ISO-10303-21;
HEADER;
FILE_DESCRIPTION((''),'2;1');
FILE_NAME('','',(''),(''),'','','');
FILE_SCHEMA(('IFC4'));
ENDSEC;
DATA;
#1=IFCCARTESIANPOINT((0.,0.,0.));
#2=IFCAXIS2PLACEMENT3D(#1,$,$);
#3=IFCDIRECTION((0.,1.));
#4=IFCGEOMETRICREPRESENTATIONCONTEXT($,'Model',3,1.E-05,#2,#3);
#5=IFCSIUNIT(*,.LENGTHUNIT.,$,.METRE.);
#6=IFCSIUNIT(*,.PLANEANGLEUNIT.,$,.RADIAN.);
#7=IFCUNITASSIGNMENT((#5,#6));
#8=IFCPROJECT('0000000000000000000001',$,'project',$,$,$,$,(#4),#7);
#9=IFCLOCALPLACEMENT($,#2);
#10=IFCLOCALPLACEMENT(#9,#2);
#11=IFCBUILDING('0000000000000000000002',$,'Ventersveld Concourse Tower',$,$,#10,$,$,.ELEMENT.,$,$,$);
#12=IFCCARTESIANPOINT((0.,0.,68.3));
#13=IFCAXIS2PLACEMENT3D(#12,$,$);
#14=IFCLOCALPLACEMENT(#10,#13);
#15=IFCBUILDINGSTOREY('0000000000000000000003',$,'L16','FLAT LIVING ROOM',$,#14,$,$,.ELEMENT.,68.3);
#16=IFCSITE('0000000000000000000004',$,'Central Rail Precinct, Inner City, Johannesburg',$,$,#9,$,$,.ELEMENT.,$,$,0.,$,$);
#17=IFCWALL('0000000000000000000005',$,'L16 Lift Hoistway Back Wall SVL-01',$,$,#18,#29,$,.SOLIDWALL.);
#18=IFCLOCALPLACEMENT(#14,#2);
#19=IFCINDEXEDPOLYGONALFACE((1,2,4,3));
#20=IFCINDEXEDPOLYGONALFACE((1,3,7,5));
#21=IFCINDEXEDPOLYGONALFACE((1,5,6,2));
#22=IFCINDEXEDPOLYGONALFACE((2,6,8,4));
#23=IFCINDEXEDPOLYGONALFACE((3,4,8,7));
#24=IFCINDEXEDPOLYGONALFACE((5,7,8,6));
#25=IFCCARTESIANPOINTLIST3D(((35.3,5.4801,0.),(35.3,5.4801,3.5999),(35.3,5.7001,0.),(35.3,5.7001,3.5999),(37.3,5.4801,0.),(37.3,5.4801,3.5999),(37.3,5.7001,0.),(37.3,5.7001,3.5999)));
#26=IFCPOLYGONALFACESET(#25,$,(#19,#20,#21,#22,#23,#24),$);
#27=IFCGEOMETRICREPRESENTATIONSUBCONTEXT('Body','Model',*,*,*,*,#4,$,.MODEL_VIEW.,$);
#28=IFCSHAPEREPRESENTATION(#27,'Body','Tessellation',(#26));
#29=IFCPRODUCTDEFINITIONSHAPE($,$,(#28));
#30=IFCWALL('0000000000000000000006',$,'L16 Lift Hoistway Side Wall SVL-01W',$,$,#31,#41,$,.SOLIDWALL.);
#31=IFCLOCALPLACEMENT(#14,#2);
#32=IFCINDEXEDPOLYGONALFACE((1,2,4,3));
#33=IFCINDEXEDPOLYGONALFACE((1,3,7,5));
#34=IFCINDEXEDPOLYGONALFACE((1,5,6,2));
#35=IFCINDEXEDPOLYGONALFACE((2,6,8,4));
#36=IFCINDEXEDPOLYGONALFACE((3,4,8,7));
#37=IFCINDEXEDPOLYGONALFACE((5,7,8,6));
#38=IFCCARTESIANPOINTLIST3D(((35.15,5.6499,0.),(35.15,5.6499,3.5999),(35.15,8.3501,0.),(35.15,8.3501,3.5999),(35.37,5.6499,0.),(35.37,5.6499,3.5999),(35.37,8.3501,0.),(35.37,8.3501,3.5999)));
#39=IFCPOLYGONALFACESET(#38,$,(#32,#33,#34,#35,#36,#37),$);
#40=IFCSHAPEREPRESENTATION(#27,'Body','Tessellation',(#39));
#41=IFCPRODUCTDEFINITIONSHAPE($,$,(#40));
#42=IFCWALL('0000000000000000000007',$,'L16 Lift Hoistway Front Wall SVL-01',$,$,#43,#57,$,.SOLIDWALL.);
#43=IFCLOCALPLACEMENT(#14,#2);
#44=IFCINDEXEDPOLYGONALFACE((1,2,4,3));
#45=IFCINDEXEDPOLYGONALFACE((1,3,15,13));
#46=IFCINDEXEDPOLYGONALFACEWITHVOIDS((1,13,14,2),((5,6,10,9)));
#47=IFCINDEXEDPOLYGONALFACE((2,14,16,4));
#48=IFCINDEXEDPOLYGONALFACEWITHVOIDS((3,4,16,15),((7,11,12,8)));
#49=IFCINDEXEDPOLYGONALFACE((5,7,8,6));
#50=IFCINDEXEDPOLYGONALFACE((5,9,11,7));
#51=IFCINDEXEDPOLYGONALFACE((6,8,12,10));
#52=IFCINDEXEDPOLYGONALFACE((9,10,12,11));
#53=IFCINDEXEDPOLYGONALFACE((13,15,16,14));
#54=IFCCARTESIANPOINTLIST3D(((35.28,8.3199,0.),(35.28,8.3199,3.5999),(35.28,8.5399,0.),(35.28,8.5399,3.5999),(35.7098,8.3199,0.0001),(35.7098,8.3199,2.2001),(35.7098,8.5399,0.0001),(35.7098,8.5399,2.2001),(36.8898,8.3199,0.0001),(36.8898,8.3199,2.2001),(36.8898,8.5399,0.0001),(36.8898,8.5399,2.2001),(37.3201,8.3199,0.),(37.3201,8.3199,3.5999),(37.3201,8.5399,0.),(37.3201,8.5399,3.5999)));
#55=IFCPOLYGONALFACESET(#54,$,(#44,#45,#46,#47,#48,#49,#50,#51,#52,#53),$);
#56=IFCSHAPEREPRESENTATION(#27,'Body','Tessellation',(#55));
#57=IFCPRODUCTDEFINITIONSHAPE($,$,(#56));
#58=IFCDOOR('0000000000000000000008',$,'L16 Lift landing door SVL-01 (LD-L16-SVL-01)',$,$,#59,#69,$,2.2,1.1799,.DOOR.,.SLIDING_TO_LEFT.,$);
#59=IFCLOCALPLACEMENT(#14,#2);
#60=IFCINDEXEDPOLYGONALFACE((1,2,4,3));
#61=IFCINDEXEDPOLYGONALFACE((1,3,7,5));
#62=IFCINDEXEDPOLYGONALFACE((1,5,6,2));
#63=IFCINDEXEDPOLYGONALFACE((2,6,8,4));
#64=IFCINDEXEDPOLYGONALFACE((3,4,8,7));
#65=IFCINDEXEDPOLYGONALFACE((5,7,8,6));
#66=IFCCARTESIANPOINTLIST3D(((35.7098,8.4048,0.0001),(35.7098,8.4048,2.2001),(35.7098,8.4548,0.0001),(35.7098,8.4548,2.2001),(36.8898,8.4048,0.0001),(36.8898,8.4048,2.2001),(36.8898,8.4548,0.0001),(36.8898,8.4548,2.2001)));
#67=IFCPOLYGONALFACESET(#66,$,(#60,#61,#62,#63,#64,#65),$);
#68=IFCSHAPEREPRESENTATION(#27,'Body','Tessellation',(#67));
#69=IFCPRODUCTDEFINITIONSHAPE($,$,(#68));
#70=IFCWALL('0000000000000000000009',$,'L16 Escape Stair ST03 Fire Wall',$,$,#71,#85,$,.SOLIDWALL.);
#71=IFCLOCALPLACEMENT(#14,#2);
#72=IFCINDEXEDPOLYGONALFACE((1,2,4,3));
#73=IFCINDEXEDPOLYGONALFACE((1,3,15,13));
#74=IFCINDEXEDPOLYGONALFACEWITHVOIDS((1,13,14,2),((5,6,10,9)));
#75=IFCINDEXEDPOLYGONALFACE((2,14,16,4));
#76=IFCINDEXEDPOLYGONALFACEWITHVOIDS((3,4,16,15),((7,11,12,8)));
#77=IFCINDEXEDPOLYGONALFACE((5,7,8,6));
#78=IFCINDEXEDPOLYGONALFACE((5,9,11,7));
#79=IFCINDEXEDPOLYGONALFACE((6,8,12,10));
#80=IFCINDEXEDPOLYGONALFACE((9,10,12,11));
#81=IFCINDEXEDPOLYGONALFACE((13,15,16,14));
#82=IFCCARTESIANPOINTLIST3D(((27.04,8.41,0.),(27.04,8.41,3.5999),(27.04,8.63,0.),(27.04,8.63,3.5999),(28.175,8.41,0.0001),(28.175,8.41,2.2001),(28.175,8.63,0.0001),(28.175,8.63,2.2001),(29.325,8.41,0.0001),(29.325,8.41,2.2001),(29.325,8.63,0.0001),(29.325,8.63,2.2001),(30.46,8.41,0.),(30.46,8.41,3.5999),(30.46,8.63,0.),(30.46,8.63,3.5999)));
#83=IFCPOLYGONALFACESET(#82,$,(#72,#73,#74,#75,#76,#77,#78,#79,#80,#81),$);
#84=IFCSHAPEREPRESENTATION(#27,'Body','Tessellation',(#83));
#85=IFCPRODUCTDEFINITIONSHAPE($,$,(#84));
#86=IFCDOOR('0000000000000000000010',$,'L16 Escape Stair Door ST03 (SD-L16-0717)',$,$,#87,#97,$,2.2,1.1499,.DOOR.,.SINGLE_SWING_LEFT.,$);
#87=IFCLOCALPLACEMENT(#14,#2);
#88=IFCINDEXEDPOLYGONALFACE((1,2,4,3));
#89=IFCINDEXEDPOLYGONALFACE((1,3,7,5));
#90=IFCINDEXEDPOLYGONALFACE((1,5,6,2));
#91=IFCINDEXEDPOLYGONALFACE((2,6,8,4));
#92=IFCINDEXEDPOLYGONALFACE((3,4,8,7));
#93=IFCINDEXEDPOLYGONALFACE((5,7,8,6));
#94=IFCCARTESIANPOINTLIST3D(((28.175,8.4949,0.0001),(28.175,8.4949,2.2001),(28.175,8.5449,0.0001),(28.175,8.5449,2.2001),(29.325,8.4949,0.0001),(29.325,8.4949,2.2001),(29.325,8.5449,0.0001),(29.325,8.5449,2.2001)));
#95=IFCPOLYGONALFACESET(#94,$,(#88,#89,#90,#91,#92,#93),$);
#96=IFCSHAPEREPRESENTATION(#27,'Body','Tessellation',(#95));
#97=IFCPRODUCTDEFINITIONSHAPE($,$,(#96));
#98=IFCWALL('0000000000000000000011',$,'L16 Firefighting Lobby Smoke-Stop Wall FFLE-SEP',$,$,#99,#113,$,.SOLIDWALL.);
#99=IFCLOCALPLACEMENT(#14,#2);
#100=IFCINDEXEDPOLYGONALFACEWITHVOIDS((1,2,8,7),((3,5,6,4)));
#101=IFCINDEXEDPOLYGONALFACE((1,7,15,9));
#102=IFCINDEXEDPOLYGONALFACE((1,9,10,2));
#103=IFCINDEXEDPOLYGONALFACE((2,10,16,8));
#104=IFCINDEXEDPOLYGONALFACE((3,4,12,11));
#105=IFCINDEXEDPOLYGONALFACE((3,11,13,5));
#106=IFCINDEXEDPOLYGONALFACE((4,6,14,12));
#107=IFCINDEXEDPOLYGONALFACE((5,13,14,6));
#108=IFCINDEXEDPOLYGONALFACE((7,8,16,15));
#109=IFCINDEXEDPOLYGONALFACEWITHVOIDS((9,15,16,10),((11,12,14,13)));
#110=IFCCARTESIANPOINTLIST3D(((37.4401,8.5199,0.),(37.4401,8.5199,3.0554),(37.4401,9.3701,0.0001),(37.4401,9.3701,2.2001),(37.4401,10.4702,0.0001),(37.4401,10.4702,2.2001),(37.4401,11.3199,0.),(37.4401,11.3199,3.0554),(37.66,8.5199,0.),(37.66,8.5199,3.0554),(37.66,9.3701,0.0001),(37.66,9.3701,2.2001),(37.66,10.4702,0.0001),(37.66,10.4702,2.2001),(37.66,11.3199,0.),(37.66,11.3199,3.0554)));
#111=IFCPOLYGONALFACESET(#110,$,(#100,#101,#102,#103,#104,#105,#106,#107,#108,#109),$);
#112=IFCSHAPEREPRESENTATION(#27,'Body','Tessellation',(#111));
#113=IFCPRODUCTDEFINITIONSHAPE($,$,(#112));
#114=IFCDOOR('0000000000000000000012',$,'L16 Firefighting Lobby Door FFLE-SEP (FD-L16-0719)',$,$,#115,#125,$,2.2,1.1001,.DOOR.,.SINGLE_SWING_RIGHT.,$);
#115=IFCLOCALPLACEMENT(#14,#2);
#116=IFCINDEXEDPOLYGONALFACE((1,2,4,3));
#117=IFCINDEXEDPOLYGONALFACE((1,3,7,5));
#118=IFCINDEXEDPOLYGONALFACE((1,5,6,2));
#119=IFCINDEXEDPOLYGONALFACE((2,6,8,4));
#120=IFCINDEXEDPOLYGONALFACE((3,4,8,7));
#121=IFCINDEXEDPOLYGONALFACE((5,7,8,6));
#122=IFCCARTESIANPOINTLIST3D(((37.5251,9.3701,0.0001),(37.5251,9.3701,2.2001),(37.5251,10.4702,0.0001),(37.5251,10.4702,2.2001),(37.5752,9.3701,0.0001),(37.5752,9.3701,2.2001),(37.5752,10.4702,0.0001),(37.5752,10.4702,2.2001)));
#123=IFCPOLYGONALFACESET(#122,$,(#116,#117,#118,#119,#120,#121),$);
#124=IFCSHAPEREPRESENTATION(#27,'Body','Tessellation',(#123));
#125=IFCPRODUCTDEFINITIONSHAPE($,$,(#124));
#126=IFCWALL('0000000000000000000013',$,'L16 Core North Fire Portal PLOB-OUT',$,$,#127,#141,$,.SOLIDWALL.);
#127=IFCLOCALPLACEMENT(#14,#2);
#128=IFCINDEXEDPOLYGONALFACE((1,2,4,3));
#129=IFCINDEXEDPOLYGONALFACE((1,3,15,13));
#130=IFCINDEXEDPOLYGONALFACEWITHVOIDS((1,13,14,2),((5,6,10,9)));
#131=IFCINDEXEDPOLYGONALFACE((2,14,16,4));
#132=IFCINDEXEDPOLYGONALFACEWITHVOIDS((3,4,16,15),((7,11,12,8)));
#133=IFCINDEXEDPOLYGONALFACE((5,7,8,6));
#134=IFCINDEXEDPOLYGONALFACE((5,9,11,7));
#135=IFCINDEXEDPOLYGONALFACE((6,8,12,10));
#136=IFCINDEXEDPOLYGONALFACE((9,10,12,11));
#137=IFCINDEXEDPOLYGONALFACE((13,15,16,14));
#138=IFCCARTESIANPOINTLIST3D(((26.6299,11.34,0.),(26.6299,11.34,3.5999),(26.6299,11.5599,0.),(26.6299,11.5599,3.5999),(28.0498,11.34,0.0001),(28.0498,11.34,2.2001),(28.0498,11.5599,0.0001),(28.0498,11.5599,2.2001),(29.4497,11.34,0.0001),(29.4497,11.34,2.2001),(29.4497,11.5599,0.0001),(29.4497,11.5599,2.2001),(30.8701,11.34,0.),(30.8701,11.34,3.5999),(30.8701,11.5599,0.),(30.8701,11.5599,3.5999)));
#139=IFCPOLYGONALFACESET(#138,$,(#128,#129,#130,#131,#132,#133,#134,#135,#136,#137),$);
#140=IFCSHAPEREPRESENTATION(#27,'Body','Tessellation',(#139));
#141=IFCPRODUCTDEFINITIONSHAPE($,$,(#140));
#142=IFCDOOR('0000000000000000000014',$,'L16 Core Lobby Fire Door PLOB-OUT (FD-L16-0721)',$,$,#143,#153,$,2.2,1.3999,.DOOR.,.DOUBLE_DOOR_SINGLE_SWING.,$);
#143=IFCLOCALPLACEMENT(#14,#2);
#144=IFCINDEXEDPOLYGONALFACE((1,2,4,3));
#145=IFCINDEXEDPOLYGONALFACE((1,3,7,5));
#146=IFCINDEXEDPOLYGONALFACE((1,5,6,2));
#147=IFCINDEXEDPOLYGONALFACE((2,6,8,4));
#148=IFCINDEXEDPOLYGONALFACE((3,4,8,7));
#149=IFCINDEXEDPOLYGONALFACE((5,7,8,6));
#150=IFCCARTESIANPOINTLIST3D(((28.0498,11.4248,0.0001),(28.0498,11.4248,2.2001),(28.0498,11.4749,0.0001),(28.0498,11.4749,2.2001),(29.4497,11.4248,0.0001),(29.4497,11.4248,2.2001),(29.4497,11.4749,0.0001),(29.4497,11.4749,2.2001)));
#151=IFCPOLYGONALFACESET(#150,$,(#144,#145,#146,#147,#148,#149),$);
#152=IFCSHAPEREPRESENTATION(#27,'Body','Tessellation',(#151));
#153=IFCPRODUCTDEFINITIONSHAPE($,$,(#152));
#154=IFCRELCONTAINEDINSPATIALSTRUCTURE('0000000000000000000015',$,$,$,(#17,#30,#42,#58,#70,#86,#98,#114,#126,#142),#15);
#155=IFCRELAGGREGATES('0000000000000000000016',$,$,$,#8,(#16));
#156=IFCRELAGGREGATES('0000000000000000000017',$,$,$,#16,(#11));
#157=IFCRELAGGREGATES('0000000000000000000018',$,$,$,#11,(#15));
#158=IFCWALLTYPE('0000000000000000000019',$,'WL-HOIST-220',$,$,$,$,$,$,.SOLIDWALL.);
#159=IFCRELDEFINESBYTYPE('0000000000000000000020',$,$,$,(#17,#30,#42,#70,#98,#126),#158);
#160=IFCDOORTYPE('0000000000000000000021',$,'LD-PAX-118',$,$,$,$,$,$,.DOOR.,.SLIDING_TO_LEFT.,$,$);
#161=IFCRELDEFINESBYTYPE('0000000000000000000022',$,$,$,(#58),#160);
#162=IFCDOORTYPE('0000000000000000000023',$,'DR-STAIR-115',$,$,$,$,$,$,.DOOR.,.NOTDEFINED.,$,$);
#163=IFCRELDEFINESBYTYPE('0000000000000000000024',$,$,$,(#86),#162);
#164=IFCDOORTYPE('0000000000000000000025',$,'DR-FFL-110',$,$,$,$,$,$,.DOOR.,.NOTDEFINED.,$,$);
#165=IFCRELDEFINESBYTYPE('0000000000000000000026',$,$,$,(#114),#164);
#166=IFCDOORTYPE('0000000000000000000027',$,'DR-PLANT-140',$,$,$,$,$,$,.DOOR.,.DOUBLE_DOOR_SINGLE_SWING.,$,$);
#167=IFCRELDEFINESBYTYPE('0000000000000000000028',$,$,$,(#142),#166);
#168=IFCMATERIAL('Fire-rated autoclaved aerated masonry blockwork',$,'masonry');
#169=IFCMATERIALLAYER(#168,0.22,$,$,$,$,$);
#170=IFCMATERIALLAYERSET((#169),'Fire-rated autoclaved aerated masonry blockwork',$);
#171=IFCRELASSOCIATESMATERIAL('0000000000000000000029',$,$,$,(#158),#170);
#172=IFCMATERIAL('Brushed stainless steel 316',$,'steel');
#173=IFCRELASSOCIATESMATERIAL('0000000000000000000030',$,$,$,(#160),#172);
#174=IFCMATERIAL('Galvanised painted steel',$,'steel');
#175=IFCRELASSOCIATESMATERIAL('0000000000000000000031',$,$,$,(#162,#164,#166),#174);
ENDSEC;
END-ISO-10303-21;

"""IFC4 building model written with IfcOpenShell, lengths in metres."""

from ifc_helpers import new_model, si_unit, direction, frame, frame_2d, origin, place, context, subcontext, project, spatial, rectangle, extrude, material, layer, layer_set, type_object, element, fill, save


model = new_model("IFC4")

# Units and contexts
model_context = context("Model", 3, precision=1e-05, world=origin(), true_north=direction((0.0, 1.0)))
body_context = subcontext(model_context, "Body", "Model", "MODEL_VIEW")
ifc_project = project(units=[si_unit("LENGTHUNIT", "METRE"), si_unit("PLANEANGLEUNIT", "RADIAN")], contexts=[model_context])

# Site, building, storey
site_placement = place(None, origin())
site = spatial("IfcSite", under=ifc_project, at=site_placement, Name="Central Rail Precinct, Inner City, Johannesburg", CompositionType="ELEMENT", RefElevation=0.0)
building_placement = place(site_placement, origin())
building = spatial("IfcBuilding", under=site, at=building_placement, Name="Ventersveld Concourse Tower", CompositionType="ELEMENT")
storey_placement = place(building_placement, frame((0.0, 0.0, 68.3)))
storey = spatial("IfcBuildingStorey", under=building, at=storey_placement, Name="L16", Description="FLAT LIVING ROOM", CompositionType="ELEMENT", Elevation=68.3)

# Shared definitions
ifc_material_1 = material(Name="Fire-rated autoclaved aerated masonry blockwork", Category="masonry")

# Walls
ifc_layer_1 = layer(ifc_material_1, 0.22)
ifc_layer_set_1 = layer_set([ifc_layer_1], Name="Fire-rated autoclaved aerated masonry blockwork")
wall_type_1 = type_object("IfcWallType", Name="WL-HOIST-220", PredefinedType="SOLIDWALL", material=ifc_layer_set_1)
wall_1_placement = place(storey_placement, frame((35.3, 5.5901, 0.0), z_axis=(0.0, 0.0, 1.0), x_axis=(1.0, 0.0, 0.0)))
element("IfcWall", 1, at=wall_1_placement, inside=storey, type_object=wall_type_1, Name="L16 Lift Hoistway Back Wall SVL-01", PredefinedType="SOLIDWALL", context=body_context, shape_type="SweptSolid", body=[
    extrude(rectangle(XDim=2.0, YDim=0.22, at=frame_2d((1.0, 0.0))), origin(), (0.0, 0.0, 1.0), 3.5999),
])
wall_2_placement = place(storey_placement, frame((35.26, 5.6499, 0.0), z_axis=(0.0, 0.0, 1.0), x_axis=(0.0, 1.0, 0.0)))
element("IfcWall", 2, at=wall_2_placement, inside=storey, type_object=wall_type_1, Name="L16 Lift Hoistway Side Wall SVL-01W", PredefinedType="SOLIDWALL", context=body_context, shape_type="SweptSolid", body=[
    extrude(rectangle(XDim=2.7002, YDim=0.22, at=frame_2d((1.3501, 0.0))), origin(), (0.0, 0.0, 1.0), 3.5999),
])

# Walls, openings, doors
wall_3_placement = place(storey_placement, frame((35.28, 8.4299, 0.0), z_axis=(0.0, 0.0, 1.0), x_axis=(1.0, 0.0, 0.0)))
wall_3 = element("IfcWall", 3, at=wall_3_placement, inside=storey, type_object=wall_type_1, Name="L16 Lift Hoistway Front Wall SVL-01", PredefinedType="SOLIDWALL", context=body_context, shape_type="SweptSolid", body=[
    extrude(rectangle(XDim=2.04, YDim=0.22, at=frame_2d((1.02, 0.0))), origin(), (0.0, 0.0, 1.0), 3.5999),
])
opening_1_placement = place(wall_3_placement, frame((0.4299, 0.0, 0.0)))
opening_1 = element("IfcOpeningElement", 4, at=opening_1_placement, cuts=wall_3, PredefinedType="OPENING", context=body_context, shape_type="SweptSolid", body=[
    extrude(rectangle(XDim=1.1799, YDim=2.2, at=frame_2d((0.5898, 1.1001))), frame((0.0, 0.1201, 0.0), z_axis=(0.0, -1.0, 0.0), x_axis=(1.0, 0.0, 0.0)), (0.0, 0.0, 1.0), 0.24),
])
ifc_material_2 = material(Name="Brushed stainless steel 316", Category="steel")
door_type_1 = type_object("IfcDoorType", Name="LD-PAX-118", OperationType="SLIDING_TO_LEFT", PredefinedType="DOOR", material=ifc_material_2)
door_1_placement = place(opening_1_placement, origin())
door_1 = element("IfcDoor", 5, at=door_1_placement, inside=storey, type_object=door_type_1, Name="L16 Lift landing door SVL-01 (LD-L16-SVL-01)", OperationType="SLIDING_TO_LEFT", OverallHeight=2.2, OverallWidth=1.1799, PredefinedType="DOOR", context=body_context, shape_type="SweptSolid", body=[
    extrude(rectangle(XDim=1.1799, YDim=2.2, at=frame_2d((0.5898, 1.1001))), frame((0.0, 0.0249, 0.0), z_axis=(0.0, -1.0, 0.0), x_axis=(1.0, 0.0, 0.0)), (0.0, 0.0, 1.0), 0.05),
])
fill(opening_1, door_1)
wall_4_placement = place(storey_placement, frame((27.04, 8.52, 0.0), z_axis=(0.0, 0.0, 1.0), x_axis=(1.0, 0.0, 0.0)))
wall_4 = element("IfcWall", 6, at=wall_4_placement, inside=storey, type_object=wall_type_1, Name="L16 Escape Stair ST03 Fire Wall", PredefinedType="SOLIDWALL", context=body_context, shape_type="SweptSolid", body=[
    extrude(rectangle(XDim=3.4199, YDim=0.22, at=frame_2d((1.71, 0.0))), origin(), (0.0, 0.0, 1.0), 3.5999),
])
opening_2_placement = place(wall_4_placement, frame((1.135, 0.0, 0.0)))
opening_2 = element("IfcOpeningElement", 7, at=opening_2_placement, cuts=wall_4, PredefinedType="OPENING", context=body_context, shape_type="SweptSolid", body=[
    extrude(rectangle(XDim=1.1499, YDim=2.2, at=frame_2d((0.575, 1.1001))), frame((0.0, 0.1201, 0.0), z_axis=(0.0, -1.0, 0.0), x_axis=(1.0, 0.0, 0.0)), (0.0, 0.0, 1.0), 0.24),
])
ifc_material_3 = material(Name="Galvanised painted steel", Category="steel")
door_type_2 = type_object("IfcDoorType", Name="DR-STAIR-115", OperationType="NOTDEFINED", PredefinedType="DOOR", material=ifc_material_3)
door_2_placement = place(opening_2_placement, origin())
door_2 = element("IfcDoor", 8, at=door_2_placement, inside=storey, type_object=door_type_2, Name="L16 Escape Stair Door ST03 (SD-L16-0717)", OperationType="SINGLE_SWING_LEFT", OverallHeight=2.2, OverallWidth=1.1499, PredefinedType="DOOR", context=body_context, shape_type="SweptSolid", body=[
    extrude(rectangle(XDim=1.1499, YDim=2.2, at=frame_2d((0.575, 1.1001))), frame((0.0, 0.0249, 0.0), z_axis=(0.0, -1.0, 0.0), x_axis=(1.0, 0.0, 0.0)), (0.0, 0.0, 1.0), 0.05),
])
fill(opening_2, door_2)
wall_5_placement = place(storey_placement, frame((37.55, 8.52, 0.0), z_axis=(0.0, 0.0, 1.0), x_axis=(0.0, 1.0, 0.0)))
wall_5 = element("IfcWall", 9, at=wall_5_placement, inside=storey, type_object=wall_type_1, Name="L16 Firefighting Lobby Smoke-Stop Wall FFLE-SEP", PredefinedType="SOLIDWALL", context=body_context, shape_type="SweptSolid", body=[
    extrude(rectangle(XDim=2.8, YDim=0.22, at=frame_2d((1.3999, 0.0))), origin(), (0.0, 0.0, 1.0), 3.0554),
])
opening_3_placement = place(wall_5_placement, frame((0.8501, 0.0, 0.0)))
opening_3 = element("IfcOpeningElement", 10, at=opening_3_placement, cuts=wall_5, PredefinedType="OPENING", context=body_context, shape_type="SweptSolid", body=[
    extrude(rectangle(XDim=1.1001, YDim=2.2, at=frame_2d((0.55, 1.1001))), frame((0.0, 0.1201, 0.0), z_axis=(0.0, -1.0, 0.0), x_axis=(1.0, 0.0, 0.0)), (0.0, 0.0, 1.0), 0.24),
])
door_type_3 = type_object("IfcDoorType", Name="DR-FFL-110", OperationType="NOTDEFINED", PredefinedType="DOOR", material=ifc_material_3)
door_3_placement = place(opening_3_placement, origin())
door_3 = element("IfcDoor", 11, at=door_3_placement, inside=storey, type_object=door_type_3, Name="L16 Firefighting Lobby Door FFLE-SEP (FD-L16-0719)", OperationType="SINGLE_SWING_RIGHT", OverallHeight=2.2, OverallWidth=1.1001, PredefinedType="DOOR", context=body_context, shape_type="SweptSolid", body=[
    extrude(rectangle(XDim=1.1001, YDim=2.2, at=frame_2d((0.55, 1.1001))), frame((0.0, 0.0249, 0.0), z_axis=(0.0, -1.0, 0.0), x_axis=(1.0, 0.0, 0.0)), (0.0, 0.0, 1.0), 0.05),
])
fill(opening_3, door_3)
wall_6_placement = place(storey_placement, frame((26.6299, 11.45, 0.0), z_axis=(0.0, 0.0, 1.0), x_axis=(1.0, 0.0, 0.0)))
wall_6 = element("IfcWall", 12, at=wall_6_placement, inside=storey, type_object=wall_type_1, Name="L16 Core North Fire Portal PLOB-OUT", PredefinedType="SOLIDWALL", context=body_context, shape_type="SweptSolid", body=[
    extrude(rectangle(XDim=4.2402, YDim=0.22, at=frame_2d((2.1201, 0.0))), origin(), (0.0, 0.0, 1.0), 3.5999),
])
opening_4_placement = place(wall_6_placement, frame((1.4199, 0.0, 0.0)))
opening_4 = element("IfcOpeningElement", 13, at=opening_4_placement, cuts=wall_6, PredefinedType="OPENING", context=body_context, shape_type="SweptSolid", body=[
    extrude(rectangle(XDim=1.3999, YDim=2.2, at=frame_2d((0.7, 1.1001))), frame((0.0, 0.1201, 0.0), z_axis=(0.0, -1.0, 0.0), x_axis=(1.0, 0.0, 0.0)), (0.0, 0.0, 1.0), 0.24),
])
door_type_4 = type_object("IfcDoorType", Name="DR-PLANT-140", OperationType="DOUBLE_DOOR_SINGLE_SWING", PredefinedType="DOOR", material=ifc_material_3)
door_4_placement = place(opening_4_placement, origin())
door_4 = element("IfcDoor", 14, at=door_4_placement, inside=storey, type_object=door_type_4, Name="L16 Core Lobby Fire Door PLOB-OUT (FD-L16-0721)", OperationType="DOUBLE_DOOR_SINGLE_SWING", OverallHeight=2.2, OverallWidth=1.3999, PredefinedType="DOOR", context=body_context, shape_type="SweptSolid", body=[
    extrude(rectangle(XDim=1.3999, YDim=2.2, at=frame_2d((0.7, 1.1001))), frame((0.0, 0.0249, 0.0), z_axis=(0.0, -1.0, 0.0), x_axis=(1.0, 0.0, 0.0)), (0.0, 0.0, 1.0), 0.05),
])
fill(opening_4, door_4)

save(model, "model.ifc")
